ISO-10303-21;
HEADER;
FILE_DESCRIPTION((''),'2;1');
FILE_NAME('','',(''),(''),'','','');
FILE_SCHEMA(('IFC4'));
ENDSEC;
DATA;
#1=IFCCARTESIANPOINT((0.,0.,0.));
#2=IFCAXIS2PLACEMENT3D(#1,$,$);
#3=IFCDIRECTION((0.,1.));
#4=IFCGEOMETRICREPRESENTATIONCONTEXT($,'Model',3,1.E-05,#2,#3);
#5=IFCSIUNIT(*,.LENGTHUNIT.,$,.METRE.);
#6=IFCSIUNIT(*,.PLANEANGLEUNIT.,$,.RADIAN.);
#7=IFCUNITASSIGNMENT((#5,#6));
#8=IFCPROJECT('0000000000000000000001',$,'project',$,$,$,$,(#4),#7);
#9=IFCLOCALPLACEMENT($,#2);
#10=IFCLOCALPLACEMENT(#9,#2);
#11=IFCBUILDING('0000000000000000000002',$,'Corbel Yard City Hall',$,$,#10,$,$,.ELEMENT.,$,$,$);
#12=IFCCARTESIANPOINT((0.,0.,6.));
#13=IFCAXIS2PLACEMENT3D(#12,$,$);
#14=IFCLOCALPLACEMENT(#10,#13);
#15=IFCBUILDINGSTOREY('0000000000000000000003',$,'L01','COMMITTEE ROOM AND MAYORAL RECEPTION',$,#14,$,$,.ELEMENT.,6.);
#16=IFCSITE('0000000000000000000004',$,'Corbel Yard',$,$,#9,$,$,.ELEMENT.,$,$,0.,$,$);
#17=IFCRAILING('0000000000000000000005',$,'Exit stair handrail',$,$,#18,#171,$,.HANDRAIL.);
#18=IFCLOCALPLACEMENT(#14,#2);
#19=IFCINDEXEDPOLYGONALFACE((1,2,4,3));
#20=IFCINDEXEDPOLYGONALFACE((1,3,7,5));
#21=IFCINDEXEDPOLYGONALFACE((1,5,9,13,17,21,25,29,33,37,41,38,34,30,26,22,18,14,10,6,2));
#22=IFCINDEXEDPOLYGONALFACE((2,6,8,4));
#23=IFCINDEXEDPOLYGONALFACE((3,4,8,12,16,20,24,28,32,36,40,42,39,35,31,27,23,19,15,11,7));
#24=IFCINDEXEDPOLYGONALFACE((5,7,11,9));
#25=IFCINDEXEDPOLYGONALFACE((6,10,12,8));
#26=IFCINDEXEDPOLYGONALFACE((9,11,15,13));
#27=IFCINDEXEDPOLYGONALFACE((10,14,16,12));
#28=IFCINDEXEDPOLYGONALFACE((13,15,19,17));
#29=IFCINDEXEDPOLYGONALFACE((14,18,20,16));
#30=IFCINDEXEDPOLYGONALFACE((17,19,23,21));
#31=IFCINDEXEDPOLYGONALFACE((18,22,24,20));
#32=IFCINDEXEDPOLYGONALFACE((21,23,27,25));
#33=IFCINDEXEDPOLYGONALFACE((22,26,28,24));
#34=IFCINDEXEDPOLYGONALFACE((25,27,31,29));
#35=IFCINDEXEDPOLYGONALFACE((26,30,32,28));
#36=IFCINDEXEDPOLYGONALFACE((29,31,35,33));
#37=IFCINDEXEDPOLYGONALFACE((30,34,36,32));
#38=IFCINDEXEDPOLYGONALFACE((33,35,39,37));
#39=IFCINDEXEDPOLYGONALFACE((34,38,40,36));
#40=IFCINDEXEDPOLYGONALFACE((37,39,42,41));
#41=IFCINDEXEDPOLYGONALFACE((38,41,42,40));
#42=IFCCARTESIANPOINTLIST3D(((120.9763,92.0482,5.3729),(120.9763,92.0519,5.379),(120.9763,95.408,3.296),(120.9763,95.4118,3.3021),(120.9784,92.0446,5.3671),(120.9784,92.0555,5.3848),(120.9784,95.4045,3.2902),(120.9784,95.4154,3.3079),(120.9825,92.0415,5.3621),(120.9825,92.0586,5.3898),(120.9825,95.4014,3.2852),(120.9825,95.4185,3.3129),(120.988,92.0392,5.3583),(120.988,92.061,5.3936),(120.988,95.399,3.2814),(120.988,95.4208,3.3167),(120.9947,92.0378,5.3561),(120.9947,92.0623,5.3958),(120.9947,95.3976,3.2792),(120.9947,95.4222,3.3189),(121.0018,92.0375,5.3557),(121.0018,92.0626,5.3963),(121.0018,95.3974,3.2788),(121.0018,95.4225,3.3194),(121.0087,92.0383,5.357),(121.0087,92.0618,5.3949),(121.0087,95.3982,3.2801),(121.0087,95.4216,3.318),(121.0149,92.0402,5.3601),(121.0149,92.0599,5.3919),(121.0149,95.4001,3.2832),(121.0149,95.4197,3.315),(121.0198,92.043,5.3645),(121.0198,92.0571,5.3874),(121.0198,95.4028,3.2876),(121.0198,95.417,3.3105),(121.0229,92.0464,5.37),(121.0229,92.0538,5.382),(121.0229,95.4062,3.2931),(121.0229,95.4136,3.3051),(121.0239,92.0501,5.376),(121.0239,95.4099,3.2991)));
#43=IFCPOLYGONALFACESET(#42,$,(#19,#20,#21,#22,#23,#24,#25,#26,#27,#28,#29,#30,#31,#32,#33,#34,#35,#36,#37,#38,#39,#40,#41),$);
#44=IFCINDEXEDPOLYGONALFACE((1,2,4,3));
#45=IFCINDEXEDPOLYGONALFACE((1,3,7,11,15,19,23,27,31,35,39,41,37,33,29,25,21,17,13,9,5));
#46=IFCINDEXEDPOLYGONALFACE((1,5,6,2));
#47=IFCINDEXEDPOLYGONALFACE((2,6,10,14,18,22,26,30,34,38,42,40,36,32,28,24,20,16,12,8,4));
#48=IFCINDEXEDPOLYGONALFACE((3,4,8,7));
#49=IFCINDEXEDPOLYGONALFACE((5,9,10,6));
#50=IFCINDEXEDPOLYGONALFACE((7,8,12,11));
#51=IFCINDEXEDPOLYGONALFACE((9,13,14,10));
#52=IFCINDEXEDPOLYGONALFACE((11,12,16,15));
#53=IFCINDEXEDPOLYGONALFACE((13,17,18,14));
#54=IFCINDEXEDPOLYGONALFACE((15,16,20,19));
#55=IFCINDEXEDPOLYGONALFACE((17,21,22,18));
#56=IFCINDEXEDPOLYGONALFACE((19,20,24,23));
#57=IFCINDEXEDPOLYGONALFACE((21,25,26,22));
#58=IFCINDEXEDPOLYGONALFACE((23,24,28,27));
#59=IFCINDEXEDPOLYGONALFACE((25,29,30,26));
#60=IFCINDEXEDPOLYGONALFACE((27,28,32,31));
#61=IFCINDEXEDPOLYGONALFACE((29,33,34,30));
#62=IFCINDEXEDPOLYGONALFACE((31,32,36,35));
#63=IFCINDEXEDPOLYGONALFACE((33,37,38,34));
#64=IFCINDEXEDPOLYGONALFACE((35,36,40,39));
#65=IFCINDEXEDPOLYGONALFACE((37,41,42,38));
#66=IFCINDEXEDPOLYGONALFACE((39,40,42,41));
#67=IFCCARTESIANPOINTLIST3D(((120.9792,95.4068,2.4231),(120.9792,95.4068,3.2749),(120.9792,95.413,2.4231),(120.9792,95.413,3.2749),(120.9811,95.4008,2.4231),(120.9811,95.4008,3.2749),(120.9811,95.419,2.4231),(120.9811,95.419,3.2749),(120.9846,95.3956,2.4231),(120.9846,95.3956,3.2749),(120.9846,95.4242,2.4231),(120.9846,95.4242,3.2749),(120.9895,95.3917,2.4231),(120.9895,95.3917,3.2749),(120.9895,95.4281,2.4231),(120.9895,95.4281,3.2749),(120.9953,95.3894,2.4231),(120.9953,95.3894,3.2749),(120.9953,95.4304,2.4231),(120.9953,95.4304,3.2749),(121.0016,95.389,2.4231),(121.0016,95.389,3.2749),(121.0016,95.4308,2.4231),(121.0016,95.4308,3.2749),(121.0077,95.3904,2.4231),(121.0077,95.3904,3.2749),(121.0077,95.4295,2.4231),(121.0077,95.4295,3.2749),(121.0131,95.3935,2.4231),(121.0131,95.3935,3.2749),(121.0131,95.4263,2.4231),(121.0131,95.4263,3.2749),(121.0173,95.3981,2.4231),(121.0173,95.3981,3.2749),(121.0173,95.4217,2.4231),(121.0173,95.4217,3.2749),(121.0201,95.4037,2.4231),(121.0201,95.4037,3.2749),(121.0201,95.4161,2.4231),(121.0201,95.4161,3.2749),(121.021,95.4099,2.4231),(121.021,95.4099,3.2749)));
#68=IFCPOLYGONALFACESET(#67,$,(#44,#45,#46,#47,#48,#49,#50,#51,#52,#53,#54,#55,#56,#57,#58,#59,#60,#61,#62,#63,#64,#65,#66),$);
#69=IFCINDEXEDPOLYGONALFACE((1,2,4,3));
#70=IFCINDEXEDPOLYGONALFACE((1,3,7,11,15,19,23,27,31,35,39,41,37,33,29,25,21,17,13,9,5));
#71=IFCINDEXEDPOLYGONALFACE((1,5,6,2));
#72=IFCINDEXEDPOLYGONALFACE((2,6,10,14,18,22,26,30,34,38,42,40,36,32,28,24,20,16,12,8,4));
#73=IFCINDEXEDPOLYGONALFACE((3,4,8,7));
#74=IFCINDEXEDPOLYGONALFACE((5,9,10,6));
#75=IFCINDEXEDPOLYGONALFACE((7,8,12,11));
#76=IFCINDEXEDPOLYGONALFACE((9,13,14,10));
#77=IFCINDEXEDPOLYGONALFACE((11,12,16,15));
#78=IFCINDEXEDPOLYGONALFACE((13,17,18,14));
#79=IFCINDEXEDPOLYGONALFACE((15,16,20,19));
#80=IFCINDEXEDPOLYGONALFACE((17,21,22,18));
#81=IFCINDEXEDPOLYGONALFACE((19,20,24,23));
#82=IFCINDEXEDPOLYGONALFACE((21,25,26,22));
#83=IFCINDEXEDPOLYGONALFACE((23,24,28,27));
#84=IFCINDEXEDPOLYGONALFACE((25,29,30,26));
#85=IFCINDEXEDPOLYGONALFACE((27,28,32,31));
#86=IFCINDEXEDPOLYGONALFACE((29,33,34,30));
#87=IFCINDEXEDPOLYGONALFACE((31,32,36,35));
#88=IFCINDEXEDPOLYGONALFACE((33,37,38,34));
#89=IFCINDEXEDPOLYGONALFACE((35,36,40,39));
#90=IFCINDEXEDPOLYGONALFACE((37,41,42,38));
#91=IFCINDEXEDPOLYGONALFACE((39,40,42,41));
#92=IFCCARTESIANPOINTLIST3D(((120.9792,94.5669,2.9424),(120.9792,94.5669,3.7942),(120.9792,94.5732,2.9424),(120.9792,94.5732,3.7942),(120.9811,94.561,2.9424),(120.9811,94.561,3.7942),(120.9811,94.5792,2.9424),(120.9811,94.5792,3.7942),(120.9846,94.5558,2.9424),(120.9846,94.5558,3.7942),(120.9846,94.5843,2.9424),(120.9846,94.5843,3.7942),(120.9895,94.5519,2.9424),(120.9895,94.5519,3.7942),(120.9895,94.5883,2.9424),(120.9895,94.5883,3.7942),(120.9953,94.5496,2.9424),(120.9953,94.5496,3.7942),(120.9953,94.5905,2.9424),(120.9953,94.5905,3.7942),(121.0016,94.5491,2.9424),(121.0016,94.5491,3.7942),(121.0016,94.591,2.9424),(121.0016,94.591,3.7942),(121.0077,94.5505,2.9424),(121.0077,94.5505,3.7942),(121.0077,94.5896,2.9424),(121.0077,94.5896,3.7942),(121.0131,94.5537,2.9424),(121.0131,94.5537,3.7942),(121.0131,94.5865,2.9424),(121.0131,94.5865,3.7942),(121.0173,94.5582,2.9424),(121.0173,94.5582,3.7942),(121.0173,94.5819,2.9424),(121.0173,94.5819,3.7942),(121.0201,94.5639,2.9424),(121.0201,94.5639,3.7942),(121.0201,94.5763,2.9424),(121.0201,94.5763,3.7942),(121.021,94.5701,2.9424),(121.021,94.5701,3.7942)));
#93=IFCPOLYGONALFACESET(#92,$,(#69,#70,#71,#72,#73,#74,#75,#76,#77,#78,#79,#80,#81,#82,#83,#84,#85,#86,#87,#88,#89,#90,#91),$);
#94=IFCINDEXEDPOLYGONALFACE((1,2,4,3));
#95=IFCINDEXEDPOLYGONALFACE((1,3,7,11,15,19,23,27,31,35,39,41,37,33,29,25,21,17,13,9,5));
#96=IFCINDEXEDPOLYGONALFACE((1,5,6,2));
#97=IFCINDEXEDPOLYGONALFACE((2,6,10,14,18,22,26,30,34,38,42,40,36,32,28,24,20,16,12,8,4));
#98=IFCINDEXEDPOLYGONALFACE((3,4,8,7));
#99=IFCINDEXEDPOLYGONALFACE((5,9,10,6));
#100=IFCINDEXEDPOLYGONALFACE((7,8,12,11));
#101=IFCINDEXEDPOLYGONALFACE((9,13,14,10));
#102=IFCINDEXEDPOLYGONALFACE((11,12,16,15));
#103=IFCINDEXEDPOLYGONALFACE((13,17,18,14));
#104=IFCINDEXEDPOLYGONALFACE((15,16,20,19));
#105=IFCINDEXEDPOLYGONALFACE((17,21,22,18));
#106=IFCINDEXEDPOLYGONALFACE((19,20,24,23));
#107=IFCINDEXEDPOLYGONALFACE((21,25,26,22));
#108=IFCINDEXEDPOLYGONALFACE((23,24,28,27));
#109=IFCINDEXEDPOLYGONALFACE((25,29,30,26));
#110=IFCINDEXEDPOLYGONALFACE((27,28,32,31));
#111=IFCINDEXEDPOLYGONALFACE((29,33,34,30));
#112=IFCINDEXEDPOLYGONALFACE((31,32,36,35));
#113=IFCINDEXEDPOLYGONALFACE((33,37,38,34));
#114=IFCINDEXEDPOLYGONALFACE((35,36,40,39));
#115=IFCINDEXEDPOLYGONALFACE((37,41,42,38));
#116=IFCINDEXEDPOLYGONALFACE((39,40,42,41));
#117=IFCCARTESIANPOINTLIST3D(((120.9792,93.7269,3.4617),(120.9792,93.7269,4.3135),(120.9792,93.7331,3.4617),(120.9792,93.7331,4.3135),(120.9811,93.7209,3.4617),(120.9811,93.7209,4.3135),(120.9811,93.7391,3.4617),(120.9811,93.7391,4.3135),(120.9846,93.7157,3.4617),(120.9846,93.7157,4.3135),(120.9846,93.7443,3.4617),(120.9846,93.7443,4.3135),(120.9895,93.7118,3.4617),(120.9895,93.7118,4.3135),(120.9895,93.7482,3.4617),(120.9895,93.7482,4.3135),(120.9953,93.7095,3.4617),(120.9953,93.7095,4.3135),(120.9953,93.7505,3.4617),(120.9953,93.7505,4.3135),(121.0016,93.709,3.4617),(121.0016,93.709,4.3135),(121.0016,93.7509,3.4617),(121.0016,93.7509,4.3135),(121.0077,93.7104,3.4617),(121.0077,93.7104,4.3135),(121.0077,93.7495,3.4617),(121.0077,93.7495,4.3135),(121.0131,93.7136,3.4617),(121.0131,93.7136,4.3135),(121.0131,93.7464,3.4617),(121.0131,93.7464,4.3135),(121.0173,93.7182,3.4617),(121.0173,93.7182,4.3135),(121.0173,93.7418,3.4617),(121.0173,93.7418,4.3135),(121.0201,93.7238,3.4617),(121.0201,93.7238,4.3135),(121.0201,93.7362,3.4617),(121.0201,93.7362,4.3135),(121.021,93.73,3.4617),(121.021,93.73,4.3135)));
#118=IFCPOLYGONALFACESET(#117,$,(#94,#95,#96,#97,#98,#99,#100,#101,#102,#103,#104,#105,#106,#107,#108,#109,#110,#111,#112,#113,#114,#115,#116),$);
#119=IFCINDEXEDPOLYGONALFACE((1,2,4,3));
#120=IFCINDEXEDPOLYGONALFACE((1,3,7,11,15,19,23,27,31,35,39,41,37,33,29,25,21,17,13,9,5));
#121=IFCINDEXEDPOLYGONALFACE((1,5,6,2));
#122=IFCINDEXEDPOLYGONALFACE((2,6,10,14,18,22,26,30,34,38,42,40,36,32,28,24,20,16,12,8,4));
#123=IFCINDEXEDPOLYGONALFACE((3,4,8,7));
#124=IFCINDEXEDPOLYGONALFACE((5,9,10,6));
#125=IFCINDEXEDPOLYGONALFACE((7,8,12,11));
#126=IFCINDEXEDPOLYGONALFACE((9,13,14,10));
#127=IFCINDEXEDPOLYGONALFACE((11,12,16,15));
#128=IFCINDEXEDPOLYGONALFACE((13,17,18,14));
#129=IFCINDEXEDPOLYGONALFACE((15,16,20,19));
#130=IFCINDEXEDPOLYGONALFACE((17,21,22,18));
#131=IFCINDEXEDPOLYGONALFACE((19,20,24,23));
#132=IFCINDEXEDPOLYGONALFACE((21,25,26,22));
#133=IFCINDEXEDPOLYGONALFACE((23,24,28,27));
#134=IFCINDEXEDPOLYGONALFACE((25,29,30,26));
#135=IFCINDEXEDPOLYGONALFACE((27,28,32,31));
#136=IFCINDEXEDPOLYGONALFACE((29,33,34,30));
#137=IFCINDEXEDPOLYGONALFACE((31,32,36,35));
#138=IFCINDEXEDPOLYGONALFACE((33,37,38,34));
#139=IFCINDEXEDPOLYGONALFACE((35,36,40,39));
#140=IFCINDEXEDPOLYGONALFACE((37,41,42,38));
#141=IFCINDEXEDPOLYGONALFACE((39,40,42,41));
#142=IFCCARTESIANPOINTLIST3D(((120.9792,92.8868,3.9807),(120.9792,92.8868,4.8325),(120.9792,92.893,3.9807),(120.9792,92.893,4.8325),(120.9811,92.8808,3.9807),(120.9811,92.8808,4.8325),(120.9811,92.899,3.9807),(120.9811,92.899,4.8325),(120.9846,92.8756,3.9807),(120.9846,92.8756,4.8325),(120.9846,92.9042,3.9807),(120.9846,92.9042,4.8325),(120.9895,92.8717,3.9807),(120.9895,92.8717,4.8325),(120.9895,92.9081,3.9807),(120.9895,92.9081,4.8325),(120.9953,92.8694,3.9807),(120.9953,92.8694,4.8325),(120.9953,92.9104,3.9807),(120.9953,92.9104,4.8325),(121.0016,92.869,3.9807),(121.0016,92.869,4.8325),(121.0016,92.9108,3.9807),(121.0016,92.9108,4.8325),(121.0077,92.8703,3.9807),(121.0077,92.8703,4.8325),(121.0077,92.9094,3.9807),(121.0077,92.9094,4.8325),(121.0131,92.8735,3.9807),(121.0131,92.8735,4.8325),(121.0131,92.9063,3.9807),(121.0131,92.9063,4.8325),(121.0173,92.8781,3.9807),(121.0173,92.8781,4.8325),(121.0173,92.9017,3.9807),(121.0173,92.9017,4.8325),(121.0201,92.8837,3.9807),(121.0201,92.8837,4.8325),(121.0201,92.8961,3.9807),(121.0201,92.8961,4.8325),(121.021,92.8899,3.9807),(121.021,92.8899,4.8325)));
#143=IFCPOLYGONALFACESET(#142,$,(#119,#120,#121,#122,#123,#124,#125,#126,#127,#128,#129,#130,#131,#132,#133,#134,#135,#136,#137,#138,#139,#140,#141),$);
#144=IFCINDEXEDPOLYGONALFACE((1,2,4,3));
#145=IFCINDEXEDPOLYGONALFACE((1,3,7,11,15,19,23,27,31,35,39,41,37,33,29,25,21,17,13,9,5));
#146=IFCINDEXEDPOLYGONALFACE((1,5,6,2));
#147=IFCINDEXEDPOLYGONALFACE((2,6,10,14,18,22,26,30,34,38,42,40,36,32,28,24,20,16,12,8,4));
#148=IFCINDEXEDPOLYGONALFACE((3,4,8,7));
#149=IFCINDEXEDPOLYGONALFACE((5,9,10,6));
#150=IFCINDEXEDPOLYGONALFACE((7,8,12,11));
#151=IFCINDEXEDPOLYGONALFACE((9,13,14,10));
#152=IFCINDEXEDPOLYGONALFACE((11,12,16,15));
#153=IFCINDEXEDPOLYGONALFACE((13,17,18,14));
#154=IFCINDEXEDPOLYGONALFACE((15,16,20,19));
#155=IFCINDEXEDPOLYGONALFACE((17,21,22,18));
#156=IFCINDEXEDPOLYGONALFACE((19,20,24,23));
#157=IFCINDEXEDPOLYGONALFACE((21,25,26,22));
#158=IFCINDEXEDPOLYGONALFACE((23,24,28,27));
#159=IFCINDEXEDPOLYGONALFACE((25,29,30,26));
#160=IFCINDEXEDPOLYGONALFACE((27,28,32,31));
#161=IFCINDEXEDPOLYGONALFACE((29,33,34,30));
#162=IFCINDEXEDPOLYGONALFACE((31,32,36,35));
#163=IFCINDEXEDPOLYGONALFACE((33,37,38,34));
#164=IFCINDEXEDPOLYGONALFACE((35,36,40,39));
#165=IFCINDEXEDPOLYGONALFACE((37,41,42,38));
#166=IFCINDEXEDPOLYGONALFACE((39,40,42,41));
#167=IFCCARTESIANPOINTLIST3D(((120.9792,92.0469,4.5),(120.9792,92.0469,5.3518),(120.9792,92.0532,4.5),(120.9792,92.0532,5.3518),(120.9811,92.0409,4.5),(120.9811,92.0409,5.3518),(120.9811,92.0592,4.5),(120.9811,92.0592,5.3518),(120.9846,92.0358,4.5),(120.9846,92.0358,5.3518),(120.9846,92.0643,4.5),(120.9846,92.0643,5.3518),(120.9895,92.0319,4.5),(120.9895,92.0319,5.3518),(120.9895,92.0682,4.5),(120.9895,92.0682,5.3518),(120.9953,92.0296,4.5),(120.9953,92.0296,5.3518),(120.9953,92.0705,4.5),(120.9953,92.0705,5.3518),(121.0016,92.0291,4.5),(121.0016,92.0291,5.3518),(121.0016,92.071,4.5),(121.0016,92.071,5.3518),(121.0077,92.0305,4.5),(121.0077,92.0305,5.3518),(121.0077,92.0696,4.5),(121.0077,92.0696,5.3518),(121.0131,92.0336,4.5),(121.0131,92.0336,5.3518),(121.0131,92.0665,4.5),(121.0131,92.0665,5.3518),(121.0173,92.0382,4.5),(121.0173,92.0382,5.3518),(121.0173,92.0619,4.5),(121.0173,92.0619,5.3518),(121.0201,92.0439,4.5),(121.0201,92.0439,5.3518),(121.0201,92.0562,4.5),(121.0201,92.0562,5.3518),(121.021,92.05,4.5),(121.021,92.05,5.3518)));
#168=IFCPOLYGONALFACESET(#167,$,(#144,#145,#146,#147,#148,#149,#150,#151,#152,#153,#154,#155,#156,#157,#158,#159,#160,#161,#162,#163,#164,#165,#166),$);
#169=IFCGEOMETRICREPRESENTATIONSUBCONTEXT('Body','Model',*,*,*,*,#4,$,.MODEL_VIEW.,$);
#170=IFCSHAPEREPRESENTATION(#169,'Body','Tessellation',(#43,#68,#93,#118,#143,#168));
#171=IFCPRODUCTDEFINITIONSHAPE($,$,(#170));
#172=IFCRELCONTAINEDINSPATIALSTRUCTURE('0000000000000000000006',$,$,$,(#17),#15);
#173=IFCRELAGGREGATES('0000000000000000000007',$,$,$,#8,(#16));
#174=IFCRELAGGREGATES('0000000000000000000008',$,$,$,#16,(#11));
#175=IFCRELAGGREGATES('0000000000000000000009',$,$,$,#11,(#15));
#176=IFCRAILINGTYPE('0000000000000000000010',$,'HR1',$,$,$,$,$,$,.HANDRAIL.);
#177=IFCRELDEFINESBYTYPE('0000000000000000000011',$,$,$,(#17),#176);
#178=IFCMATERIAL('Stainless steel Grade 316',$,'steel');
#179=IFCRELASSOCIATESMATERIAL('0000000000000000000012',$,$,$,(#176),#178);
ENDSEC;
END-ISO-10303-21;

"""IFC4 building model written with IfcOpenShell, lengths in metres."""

from ifc_helpers import new_model, si_unit, direction, frame, origin, origin_2d, place, context, subcontext, project, spatial, circle, extrude, material, type_object, element, save


model = new_model("IFC4")

# Units and contexts
model_context = context("Model", 3, precision=1e-05, world=origin(), true_north=direction((0.0, 1.0)))
body_context = subcontext(model_context, "Body", "Model", "MODEL_VIEW")
ifc_project = project(units=[si_unit("LENGTHUNIT", "METRE"), si_unit("PLANEANGLEUNIT", "RADIAN")], contexts=[model_context])

# Site, building, storey
site_placement = place(None, origin())
site = spatial("IfcSite", under=ifc_project, at=site_placement, Name="Corbel Yard", CompositionType="ELEMENT", RefElevation=0.0)
building_placement = place(site_placement, origin())
building = spatial("IfcBuilding", under=site, at=building_placement, Name="Corbel Yard City Hall", CompositionType="ELEMENT")
storey_placement = place(building_placement, frame((0.0, 0.0, 6.0)))
storey = spatial("IfcBuildingStorey", under=building, at=storey_placement, Name="L01", Description="COMMITTEE ROOM AND MAYORAL RECEPTION", CompositionType="ELEMENT", Elevation=6.0)

# Shared definitions
ifc_material_1 = material(Name="Stainless steel Grade 316", Category="steel")

# Railing
railing_type = type_object("IfcRailingType", Name="HR1", PredefinedType="HANDRAIL", material=ifc_material_1)
for number, where, name in (
    (1, (121.0, 95.4099, 2.4231), "Exit stair handrail"),
):
    element("IfcRailing", number, at=place(storey_placement, frame(where)), inside=storey, type_object=railing_type, Name=name, PredefinedType="HANDRAIL", context=body_context, shape_type="SweptSolid", body=[
        extrude(circle(Radius=0.0239, at=origin_2d()), frame((0.0, 0.0, 0.876), z_axis=(0.0, -0.850606, 0.525803), x_axis=(1.0, 0.0, 0.0)), (0.0, 0.0, 1.0), 3.95),
        extrude(circle(Radius=0.021, at=origin_2d()), origin(), (0.0, 0.0, 1.0), 0.8518),
        extrude(circle(Radius=0.021, at=origin_2d()), frame((0.0, -0.8398, 0.5193)), (0.0, 0.0, 1.0), 0.8518),
        extrude(circle(Radius=0.021, at=origin_2d()), frame((0.0, -1.6799, 1.0386)), (0.0, 0.0, 1.0), 0.8518),
        extrude(circle(Radius=0.021, at=origin_2d()), frame((0.0, -2.52, 1.5576)), (0.0, 0.0, 1.0), 0.8518),
        extrude(circle(Radius=0.021, at=origin_2d()), frame((0.0, -3.3599, 2.0769)), (0.0, 0.0, 1.0), 0.8518),
    ])

save(model, "model.ifc")
